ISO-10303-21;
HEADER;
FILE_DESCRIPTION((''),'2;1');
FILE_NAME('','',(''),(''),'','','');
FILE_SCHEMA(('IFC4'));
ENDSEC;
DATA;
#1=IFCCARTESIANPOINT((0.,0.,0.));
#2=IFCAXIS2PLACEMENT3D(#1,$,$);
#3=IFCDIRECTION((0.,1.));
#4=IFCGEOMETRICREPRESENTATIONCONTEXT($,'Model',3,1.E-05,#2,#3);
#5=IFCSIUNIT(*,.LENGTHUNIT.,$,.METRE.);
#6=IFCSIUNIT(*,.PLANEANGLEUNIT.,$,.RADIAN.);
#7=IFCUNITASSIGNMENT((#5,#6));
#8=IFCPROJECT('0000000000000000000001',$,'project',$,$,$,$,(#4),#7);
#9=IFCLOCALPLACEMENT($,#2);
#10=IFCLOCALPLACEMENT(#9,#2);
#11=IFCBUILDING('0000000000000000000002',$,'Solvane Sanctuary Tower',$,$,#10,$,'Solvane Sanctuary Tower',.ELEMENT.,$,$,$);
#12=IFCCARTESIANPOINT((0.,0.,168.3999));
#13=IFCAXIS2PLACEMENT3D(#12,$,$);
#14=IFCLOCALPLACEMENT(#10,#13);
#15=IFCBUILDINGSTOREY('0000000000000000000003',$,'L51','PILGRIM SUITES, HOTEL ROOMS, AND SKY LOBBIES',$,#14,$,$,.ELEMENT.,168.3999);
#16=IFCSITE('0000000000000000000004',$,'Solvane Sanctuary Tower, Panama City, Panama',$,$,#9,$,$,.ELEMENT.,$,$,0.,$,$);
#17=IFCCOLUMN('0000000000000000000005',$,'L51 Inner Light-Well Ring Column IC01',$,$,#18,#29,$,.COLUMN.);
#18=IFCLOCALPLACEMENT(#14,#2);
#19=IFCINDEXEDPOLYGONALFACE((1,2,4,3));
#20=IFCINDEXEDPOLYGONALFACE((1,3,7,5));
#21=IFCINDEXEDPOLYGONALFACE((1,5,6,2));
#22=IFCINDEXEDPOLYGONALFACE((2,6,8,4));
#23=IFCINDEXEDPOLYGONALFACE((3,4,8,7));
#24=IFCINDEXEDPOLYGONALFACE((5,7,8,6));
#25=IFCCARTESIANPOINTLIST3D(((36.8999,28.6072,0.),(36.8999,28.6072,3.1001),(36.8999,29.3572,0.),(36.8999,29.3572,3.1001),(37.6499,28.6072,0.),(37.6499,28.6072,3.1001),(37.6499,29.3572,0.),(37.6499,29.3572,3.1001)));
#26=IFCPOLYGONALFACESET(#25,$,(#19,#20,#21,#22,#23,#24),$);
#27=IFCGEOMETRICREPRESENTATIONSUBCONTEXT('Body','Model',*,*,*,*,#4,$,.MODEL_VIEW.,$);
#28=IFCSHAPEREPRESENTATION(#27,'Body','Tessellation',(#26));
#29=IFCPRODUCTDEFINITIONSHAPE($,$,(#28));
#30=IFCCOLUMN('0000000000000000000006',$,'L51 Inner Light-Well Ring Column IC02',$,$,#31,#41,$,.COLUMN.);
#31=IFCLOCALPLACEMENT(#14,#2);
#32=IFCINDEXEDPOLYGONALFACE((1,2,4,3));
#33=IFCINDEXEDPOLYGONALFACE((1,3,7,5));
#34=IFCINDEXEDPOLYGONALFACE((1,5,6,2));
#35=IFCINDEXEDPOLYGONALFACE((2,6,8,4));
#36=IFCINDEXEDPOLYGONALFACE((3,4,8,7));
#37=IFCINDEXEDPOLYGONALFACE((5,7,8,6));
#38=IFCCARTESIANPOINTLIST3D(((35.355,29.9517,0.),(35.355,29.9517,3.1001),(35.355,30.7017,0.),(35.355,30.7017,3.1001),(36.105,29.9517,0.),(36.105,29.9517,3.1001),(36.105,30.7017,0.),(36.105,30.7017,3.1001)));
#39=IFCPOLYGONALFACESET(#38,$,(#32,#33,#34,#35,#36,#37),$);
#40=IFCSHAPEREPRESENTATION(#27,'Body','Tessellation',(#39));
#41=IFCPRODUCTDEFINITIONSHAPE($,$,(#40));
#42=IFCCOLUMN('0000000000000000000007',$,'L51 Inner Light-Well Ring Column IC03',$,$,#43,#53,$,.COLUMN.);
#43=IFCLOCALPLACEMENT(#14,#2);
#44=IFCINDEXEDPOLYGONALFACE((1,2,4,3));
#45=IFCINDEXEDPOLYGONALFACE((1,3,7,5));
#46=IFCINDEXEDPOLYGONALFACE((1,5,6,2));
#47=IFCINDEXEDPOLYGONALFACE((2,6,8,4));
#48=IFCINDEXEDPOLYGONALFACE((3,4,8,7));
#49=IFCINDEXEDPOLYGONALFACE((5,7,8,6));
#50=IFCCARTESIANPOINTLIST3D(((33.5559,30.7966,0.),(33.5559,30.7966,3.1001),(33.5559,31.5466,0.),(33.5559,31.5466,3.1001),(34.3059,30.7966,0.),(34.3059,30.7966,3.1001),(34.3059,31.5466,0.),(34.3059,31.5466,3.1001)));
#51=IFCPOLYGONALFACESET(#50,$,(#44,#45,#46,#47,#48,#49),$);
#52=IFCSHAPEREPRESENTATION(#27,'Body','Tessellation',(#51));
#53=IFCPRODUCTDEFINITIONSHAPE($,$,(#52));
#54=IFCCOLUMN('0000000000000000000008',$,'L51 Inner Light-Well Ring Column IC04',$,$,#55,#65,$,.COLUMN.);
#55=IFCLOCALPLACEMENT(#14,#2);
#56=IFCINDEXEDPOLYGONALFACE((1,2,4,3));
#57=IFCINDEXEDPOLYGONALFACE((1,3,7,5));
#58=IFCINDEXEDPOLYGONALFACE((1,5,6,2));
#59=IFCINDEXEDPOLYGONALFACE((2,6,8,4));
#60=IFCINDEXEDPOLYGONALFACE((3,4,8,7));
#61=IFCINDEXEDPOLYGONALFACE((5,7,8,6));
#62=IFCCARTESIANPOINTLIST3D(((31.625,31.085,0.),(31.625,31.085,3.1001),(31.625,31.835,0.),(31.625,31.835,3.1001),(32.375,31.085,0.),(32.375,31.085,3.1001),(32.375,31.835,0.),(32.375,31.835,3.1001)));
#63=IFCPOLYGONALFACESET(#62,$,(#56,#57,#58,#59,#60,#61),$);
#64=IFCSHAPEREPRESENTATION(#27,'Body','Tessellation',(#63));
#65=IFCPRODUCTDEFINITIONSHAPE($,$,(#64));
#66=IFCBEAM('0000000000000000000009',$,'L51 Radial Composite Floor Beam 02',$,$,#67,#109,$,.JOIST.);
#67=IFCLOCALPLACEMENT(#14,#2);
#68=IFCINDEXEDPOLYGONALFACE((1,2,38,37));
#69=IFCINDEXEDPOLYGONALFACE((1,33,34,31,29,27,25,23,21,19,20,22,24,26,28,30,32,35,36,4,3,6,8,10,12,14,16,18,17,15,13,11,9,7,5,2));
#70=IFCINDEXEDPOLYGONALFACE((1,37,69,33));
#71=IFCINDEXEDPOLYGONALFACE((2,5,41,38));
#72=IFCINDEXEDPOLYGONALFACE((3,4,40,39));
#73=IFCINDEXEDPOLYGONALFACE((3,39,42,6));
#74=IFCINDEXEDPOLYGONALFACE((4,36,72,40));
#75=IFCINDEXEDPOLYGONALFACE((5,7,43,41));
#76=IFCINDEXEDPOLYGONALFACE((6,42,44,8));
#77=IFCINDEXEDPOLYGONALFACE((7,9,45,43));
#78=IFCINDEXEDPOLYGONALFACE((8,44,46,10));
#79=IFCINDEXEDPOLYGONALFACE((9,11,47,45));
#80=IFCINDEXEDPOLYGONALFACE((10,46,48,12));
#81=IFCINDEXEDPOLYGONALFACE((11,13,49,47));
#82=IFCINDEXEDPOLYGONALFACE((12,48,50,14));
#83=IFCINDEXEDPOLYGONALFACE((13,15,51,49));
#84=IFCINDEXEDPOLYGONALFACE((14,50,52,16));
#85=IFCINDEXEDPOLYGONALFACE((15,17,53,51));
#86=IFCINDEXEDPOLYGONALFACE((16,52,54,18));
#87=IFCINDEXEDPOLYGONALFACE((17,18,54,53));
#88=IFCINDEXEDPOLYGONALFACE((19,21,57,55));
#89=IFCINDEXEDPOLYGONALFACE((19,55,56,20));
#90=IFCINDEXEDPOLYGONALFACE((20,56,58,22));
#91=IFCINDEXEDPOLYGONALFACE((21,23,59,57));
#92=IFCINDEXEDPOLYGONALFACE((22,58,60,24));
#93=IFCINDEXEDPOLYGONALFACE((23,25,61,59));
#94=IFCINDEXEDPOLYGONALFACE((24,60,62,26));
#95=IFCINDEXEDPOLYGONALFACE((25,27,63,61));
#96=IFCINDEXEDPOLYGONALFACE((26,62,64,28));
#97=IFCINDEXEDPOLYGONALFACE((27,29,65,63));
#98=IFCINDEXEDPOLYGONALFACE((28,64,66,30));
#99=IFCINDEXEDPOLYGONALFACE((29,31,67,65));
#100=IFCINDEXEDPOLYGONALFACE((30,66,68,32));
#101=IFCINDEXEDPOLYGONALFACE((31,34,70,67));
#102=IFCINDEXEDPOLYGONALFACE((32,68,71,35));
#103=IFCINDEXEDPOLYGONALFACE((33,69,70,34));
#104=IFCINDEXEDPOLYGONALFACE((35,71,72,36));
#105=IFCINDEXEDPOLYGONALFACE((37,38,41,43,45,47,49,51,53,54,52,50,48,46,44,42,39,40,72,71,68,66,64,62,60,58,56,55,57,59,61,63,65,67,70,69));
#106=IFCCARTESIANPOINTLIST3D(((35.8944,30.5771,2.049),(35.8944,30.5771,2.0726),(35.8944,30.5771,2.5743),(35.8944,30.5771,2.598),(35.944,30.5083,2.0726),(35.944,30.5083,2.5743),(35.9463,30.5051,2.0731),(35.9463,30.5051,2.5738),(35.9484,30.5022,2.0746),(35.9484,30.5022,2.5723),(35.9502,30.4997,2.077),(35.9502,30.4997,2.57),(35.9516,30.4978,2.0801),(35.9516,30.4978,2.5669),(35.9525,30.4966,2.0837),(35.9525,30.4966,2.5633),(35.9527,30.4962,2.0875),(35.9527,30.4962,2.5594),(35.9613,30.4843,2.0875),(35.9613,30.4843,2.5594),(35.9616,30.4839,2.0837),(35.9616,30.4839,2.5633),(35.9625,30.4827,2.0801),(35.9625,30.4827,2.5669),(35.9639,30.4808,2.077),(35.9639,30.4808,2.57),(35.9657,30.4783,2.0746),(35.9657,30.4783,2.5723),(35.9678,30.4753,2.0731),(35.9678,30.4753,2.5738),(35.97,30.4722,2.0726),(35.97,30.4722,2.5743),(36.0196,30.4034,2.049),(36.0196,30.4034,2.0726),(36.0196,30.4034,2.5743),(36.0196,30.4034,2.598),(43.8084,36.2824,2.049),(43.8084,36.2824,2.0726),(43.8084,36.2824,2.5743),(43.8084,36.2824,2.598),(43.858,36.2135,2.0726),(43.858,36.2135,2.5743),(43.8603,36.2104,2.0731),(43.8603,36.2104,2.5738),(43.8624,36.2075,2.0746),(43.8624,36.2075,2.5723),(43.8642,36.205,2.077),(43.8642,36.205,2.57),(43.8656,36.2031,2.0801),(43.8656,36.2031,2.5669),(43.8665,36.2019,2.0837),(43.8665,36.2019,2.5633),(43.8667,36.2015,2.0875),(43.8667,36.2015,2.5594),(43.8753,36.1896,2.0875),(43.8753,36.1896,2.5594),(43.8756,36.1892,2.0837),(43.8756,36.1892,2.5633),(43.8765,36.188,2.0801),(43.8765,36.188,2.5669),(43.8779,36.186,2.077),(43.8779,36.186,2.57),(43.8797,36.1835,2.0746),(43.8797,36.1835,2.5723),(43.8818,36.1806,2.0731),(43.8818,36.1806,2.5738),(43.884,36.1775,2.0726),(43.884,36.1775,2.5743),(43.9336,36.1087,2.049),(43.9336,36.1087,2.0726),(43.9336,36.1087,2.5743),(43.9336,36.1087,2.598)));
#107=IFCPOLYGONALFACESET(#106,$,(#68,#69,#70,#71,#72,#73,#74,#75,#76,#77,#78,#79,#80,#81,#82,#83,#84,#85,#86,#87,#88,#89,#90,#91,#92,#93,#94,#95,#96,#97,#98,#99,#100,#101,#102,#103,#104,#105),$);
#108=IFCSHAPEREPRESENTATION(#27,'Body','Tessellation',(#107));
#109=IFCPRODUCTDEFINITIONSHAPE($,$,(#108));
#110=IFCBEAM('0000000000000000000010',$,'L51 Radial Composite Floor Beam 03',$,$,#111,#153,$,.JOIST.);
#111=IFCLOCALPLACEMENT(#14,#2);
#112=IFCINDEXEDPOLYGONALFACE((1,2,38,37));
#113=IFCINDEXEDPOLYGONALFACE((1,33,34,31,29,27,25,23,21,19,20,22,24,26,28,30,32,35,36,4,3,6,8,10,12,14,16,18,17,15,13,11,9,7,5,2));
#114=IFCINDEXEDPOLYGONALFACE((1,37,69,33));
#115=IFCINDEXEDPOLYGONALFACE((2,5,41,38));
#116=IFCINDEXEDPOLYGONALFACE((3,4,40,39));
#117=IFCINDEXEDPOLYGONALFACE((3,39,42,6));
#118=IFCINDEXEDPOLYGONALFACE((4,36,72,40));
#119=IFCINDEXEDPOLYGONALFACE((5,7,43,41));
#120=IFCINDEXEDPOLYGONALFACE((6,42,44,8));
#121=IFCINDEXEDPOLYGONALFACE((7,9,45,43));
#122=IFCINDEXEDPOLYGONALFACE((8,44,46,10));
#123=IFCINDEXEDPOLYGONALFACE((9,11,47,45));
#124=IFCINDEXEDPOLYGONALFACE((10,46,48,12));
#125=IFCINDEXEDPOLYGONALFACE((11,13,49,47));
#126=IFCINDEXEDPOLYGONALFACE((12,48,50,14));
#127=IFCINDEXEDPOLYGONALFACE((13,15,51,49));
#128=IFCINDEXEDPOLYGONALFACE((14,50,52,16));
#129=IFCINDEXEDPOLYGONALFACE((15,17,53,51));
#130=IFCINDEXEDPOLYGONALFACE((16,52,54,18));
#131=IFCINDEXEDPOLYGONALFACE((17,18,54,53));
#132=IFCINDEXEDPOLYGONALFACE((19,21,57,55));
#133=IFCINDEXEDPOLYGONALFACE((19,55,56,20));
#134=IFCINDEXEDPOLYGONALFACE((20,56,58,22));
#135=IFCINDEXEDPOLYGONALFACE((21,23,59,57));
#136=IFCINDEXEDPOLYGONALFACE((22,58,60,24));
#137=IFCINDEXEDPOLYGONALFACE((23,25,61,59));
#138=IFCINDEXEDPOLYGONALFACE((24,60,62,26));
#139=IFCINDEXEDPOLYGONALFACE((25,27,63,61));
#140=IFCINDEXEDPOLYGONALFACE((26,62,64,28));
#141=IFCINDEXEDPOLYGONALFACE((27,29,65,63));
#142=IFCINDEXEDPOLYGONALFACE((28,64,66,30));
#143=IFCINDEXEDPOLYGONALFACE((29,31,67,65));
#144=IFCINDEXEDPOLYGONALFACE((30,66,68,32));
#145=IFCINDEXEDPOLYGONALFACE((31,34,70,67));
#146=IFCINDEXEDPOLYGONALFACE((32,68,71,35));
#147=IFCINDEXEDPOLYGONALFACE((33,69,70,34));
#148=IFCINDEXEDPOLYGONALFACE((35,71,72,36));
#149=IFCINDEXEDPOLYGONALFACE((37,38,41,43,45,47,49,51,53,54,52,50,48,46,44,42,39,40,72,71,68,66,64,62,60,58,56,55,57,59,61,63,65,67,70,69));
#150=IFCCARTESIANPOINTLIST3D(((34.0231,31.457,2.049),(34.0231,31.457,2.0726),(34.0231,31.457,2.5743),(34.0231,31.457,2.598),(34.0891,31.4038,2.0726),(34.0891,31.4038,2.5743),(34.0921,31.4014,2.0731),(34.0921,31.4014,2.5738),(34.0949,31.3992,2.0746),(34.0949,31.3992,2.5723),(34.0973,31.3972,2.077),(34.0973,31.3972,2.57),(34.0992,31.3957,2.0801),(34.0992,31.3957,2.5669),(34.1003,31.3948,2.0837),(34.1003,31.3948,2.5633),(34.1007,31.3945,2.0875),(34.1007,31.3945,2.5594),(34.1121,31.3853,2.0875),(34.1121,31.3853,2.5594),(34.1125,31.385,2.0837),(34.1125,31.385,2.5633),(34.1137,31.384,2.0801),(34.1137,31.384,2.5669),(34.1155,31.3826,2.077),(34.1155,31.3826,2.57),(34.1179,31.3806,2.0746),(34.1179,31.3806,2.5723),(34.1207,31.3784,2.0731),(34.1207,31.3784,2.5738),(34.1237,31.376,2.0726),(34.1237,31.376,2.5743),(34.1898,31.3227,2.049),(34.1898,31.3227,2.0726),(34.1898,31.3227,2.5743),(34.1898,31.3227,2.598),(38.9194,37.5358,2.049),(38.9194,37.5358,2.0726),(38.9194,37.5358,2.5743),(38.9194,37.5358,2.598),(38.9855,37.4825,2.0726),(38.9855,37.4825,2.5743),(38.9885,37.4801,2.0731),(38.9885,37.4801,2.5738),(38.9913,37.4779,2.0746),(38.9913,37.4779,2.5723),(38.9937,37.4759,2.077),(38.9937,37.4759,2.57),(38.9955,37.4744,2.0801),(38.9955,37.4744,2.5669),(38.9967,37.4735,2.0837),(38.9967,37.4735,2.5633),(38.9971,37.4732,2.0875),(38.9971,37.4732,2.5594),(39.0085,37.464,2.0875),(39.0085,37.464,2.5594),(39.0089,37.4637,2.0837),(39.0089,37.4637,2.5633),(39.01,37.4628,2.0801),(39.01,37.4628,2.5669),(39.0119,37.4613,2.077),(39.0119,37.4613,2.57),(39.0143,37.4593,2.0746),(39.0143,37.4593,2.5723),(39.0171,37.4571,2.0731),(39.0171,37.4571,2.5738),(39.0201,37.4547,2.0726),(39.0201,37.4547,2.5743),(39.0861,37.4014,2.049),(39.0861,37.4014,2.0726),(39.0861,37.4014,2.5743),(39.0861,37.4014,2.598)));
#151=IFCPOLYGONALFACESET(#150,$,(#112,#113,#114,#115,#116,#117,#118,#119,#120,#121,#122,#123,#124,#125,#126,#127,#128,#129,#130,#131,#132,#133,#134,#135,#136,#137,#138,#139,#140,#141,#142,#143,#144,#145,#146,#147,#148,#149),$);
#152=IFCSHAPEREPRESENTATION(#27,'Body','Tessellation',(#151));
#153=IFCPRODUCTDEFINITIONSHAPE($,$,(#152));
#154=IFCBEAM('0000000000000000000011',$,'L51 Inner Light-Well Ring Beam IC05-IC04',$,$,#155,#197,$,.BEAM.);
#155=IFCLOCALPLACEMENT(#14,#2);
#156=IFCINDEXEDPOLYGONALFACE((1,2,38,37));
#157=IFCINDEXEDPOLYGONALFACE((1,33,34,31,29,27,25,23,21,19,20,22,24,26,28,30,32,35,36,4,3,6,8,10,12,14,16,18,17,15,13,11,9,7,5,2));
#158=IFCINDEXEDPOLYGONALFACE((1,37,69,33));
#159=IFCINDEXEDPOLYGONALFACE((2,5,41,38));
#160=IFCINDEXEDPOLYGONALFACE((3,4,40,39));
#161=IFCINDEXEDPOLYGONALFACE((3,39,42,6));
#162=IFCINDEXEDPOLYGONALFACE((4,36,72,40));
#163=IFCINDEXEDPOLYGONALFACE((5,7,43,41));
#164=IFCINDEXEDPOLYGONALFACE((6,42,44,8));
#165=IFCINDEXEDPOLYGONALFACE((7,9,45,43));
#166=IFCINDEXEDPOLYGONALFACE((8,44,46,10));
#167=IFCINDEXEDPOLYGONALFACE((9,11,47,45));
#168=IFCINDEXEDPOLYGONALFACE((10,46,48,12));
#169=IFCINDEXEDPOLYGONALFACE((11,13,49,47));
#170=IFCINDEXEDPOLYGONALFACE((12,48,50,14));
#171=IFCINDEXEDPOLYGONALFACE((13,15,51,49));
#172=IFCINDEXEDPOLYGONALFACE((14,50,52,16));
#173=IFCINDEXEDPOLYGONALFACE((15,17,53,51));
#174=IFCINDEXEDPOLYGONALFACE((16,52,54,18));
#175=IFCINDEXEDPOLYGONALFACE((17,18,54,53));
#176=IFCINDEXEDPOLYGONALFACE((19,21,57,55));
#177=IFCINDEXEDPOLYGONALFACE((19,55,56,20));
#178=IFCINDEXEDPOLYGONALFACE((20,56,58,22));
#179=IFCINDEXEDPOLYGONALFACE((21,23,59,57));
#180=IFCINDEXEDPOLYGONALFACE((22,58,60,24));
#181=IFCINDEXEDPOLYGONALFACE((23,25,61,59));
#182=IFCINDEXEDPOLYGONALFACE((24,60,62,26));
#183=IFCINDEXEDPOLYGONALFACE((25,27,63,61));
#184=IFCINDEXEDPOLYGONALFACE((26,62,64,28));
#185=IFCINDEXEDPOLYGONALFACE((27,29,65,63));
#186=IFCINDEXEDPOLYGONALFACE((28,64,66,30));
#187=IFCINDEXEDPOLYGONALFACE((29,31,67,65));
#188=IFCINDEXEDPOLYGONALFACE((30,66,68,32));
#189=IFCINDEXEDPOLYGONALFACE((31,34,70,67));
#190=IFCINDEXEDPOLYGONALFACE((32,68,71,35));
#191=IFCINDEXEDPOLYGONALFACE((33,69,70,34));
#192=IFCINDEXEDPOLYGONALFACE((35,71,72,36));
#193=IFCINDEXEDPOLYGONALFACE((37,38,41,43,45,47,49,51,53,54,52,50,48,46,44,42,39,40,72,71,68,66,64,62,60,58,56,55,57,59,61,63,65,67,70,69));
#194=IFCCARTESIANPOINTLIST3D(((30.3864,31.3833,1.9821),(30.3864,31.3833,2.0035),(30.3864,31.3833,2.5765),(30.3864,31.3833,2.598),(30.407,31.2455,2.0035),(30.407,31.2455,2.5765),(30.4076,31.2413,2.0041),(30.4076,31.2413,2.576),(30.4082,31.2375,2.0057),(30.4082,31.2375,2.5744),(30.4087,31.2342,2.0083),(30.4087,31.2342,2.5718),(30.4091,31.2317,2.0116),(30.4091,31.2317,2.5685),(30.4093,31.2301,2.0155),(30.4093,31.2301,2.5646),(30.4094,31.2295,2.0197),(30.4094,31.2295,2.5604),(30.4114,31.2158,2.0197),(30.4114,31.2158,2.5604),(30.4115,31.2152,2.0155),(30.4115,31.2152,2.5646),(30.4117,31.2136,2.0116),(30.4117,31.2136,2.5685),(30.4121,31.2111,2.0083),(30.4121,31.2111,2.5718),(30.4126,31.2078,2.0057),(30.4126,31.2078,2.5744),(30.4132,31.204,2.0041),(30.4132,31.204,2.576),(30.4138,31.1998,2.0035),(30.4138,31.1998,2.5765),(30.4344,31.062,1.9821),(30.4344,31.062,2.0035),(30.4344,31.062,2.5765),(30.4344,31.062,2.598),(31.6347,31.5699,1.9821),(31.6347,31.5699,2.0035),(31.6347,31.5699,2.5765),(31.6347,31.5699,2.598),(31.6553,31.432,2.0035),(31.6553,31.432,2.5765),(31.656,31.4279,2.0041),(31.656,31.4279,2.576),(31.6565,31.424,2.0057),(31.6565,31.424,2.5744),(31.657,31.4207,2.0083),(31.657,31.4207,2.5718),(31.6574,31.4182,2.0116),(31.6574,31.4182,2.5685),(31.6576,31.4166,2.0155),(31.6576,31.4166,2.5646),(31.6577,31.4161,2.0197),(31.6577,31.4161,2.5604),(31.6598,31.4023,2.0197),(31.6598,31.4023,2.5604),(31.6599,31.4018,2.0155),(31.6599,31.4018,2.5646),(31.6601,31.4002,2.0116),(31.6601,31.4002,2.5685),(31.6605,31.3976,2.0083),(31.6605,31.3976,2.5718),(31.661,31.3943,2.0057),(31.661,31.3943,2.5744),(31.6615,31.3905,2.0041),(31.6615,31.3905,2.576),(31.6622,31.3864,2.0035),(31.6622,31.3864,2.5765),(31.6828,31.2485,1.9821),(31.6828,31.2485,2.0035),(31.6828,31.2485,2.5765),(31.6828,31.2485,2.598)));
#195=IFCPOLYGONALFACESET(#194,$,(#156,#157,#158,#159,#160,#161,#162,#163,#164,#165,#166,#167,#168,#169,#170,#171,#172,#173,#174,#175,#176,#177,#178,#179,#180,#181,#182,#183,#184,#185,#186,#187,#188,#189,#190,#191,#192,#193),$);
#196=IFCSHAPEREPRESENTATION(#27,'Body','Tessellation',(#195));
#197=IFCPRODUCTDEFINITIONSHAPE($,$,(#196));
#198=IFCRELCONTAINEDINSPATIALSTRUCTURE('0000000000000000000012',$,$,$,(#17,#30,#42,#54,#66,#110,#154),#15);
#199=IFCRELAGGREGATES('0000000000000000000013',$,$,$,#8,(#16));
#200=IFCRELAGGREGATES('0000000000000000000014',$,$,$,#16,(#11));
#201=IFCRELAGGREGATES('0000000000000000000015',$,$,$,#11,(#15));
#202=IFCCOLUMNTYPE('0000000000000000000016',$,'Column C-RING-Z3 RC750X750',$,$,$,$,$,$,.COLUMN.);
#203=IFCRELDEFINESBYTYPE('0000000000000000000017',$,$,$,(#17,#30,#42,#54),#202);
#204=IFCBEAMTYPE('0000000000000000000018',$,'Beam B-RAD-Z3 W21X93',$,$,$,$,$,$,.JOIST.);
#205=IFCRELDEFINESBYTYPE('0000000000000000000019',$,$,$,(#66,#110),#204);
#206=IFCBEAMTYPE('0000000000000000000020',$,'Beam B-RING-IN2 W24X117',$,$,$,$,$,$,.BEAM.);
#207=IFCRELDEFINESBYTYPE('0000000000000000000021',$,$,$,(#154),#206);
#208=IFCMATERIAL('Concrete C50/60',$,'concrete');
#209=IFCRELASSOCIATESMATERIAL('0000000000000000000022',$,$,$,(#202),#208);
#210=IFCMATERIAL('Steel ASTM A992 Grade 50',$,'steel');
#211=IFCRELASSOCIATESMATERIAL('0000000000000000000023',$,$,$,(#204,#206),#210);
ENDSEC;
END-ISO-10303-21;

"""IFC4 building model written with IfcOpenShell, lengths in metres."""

from ifc_helpers import new_model, si_unit, direction, frame, origin, origin_2d, place, context, subcontext, project, spatial, rectangle, i_section, extrude, material, material_profile, profile_set, type_object, element, save


model = new_model("IFC4")

# Units and contexts
model_context = context("Model", 3, precision=1e-05, world=origin(), true_north=direction((0.0, 1.0)))
body_context = subcontext(model_context, "Body", "Model", "MODEL_VIEW")
ifc_project = project(units=[si_unit("LENGTHUNIT", "METRE"), si_unit("PLANEANGLEUNIT", "RADIAN")], contexts=[model_context])

# Site, building, storey
site_placement = place(None, origin())
site = spatial("IfcSite", under=ifc_project, at=site_placement, Name="Solvane Sanctuary Tower, Panama City, Panama", CompositionType="ELEMENT", RefElevation=0.0)
building_placement = place(site_placement, origin())
building = spatial("IfcBuilding", under=site, at=building_placement, Name="Solvane Sanctuary Tower", LongName="Solvane Sanctuary Tower", CompositionType="ELEMENT")
storey_placement = place(building_placement, frame((0.0, 0.0, 168.3999)))
storey = spatial("IfcBuildingStorey", under=building, at=storey_placement, Name="L51", Description="PILGRIM SUITES, HOTEL ROOMS, AND SKY LOBBIES", CompositionType="ELEMENT", Elevation=168.3999)

# Columns
ifc_material_1 = material(Name="Concrete C50/60", Category="concrete")
ifc_material_profile_1 = material_profile(ifc_material_1, rectangle(XDim=0.75, YDim=0.75, at=origin_2d()), Name="RC750X750")
ifc_profile_set_1 = profile_set([ifc_material_profile_1], Name="Concrete C50/60")
column_type = type_object("IfcColumnType", Name="Column C-RING-Z3 RC750X750", PredefinedType="COLUMN", material=ifc_profile_set_1)
for number, where, z_axis, x_axis, name in (
    (1, (37.2749, 28.9822, 0.0), (0.0, 0.0, 1.0), (1.0, 0.0, 0.0), "L51 Inner Light-Well Ring Column IC01"),
    (2, (35.73, 30.3267, 0.0), (0.0, 0.0, 1.0), (1.0, 0.0, 0.0), "L51 Inner Light-Well Ring Column IC02"),
    (3, (33.9309, 31.1716, 0.0), (0.0, 0.0, 1.0), (1.0, 0.0, 0.0), "L51 Inner Light-Well Ring Column IC03"),
    (4, (32.0, 31.46, 0.0), (0.0, 0.0, 1.0), (1.0, 0.0, 0.0), "L51 Inner Light-Well Ring Column IC04"),
):
    element("IfcColumn", number, at=place(storey_placement, frame(where, z_axis=z_axis, x_axis=x_axis)), inside=storey, type_object=column_type, Name=name, PredefinedType="COLUMN", context=body_context, shape_type="SweptSolid", body=[
        extrude(rectangle(XDim=0.75, YDim=0.75, at=origin_2d()), origin(), (0.0, 0.0, 1.0), 3.1001),
    ])

# Beams
ifc_material_2 = material(Name="Steel ASTM A992 Grade 50", Category="steel")
ifc_material_profile_2 = material_profile(ifc_material_2, i_section(OverallWidth=0.2141, OverallDepth=0.5491, WebThickness=0.0146, FlangeThickness=0.0237, FilletRadius=0.0149, at=origin_2d()), Name="W21X93")
ifc_profile_set_2 = profile_set([ifc_material_profile_2], Name="Steel ASTM A992 Grade 50")
beam_type_1 = type_object("IfcBeamType", Name="Beam B-RAD-Z3 W21X93", PredefinedType="JOIST", material=ifc_profile_set_2)
beam_1_placement = place(storey_placement, frame((35.957, 30.4902, 2.3235), z_axis=(0.811184, 0.58479, 0.0), x_axis=(-0.58479, 0.811184, 0.0)))
element("IfcBeam", 5, at=beam_1_placement, inside=storey, type_object=beam_type_1, Name="L51 Radial Composite Floor Beam 02", PredefinedType="JOIST", context=body_context, shape_type="SweptSolid", body=[
    extrude(i_section(OverallWidth=0.2141, OverallDepth=0.5491, WebThickness=0.0146, FlangeThickness=0.0237, FilletRadius=0.0149, at=origin_2d()), origin(), (0.0, 0.0, 1.0), 9.7561),
])
beam_2_placement = place(storey_placement, frame((34.1064, 31.3899, 2.3235), z_axis=(0.627297, 0.77878, 0.0), x_axis=(-0.77878, 0.627297, 0.0)))
element("IfcBeam", 6, at=beam_2_placement, inside=storey, type_object=beam_type_1, Name="L51 Radial Composite Floor Beam 03", PredefinedType="JOIST", context=body_context, shape_type="SweptSolid", body=[
    extrude(i_section(OverallWidth=0.2141, OverallDepth=0.5491, WebThickness=0.0146, FlangeThickness=0.0237, FilletRadius=0.0149, at=origin_2d()), origin(), (0.0, 0.0, 1.0), 7.8054),
])
ifc_material_profile_3 = material_profile(ifc_material_2, i_section(OverallWidth=0.325, OverallDepth=0.616, WebThickness=0.0139, FlangeThickness=0.0215, FilletRadius=0.0161, at=origin_2d()), Name="W24X117")
ifc_profile_set_3 = profile_set([ifc_material_profile_3], Name="Steel ASTM A992 Grade 50")
beam_type_2 = type_object("IfcBeamType", Name="Beam B-RING-IN2 W24X117", PredefinedType="BEAM", material=ifc_profile_set_3)
for number, where, z_axis, x_axis, name in (
    (7, (30.4104, 31.2227, 2.29), (0.98902, 0.147782, 0.0), (-0.147782, 0.98902, 0.0), "L51 Inner Light-Well Ring Beam IC05-IC04"),
):
    element("IfcBeam", number, at=place(storey_placement, frame(where, z_axis=z_axis, x_axis=x_axis)), inside=storey, type_object=beam_type_2, Name=name, PredefinedType="BEAM", context=body_context, shape_type="SweptSolid", body=[
        extrude(i_section(OverallWidth=0.325, OverallDepth=0.616, WebThickness=0.0139, FlangeThickness=0.0215, FilletRadius=0.0161, at=origin_2d()), origin(), (0.0, 0.0, 1.0), 1.2622),
    ])

save(model, "model.ifc")
